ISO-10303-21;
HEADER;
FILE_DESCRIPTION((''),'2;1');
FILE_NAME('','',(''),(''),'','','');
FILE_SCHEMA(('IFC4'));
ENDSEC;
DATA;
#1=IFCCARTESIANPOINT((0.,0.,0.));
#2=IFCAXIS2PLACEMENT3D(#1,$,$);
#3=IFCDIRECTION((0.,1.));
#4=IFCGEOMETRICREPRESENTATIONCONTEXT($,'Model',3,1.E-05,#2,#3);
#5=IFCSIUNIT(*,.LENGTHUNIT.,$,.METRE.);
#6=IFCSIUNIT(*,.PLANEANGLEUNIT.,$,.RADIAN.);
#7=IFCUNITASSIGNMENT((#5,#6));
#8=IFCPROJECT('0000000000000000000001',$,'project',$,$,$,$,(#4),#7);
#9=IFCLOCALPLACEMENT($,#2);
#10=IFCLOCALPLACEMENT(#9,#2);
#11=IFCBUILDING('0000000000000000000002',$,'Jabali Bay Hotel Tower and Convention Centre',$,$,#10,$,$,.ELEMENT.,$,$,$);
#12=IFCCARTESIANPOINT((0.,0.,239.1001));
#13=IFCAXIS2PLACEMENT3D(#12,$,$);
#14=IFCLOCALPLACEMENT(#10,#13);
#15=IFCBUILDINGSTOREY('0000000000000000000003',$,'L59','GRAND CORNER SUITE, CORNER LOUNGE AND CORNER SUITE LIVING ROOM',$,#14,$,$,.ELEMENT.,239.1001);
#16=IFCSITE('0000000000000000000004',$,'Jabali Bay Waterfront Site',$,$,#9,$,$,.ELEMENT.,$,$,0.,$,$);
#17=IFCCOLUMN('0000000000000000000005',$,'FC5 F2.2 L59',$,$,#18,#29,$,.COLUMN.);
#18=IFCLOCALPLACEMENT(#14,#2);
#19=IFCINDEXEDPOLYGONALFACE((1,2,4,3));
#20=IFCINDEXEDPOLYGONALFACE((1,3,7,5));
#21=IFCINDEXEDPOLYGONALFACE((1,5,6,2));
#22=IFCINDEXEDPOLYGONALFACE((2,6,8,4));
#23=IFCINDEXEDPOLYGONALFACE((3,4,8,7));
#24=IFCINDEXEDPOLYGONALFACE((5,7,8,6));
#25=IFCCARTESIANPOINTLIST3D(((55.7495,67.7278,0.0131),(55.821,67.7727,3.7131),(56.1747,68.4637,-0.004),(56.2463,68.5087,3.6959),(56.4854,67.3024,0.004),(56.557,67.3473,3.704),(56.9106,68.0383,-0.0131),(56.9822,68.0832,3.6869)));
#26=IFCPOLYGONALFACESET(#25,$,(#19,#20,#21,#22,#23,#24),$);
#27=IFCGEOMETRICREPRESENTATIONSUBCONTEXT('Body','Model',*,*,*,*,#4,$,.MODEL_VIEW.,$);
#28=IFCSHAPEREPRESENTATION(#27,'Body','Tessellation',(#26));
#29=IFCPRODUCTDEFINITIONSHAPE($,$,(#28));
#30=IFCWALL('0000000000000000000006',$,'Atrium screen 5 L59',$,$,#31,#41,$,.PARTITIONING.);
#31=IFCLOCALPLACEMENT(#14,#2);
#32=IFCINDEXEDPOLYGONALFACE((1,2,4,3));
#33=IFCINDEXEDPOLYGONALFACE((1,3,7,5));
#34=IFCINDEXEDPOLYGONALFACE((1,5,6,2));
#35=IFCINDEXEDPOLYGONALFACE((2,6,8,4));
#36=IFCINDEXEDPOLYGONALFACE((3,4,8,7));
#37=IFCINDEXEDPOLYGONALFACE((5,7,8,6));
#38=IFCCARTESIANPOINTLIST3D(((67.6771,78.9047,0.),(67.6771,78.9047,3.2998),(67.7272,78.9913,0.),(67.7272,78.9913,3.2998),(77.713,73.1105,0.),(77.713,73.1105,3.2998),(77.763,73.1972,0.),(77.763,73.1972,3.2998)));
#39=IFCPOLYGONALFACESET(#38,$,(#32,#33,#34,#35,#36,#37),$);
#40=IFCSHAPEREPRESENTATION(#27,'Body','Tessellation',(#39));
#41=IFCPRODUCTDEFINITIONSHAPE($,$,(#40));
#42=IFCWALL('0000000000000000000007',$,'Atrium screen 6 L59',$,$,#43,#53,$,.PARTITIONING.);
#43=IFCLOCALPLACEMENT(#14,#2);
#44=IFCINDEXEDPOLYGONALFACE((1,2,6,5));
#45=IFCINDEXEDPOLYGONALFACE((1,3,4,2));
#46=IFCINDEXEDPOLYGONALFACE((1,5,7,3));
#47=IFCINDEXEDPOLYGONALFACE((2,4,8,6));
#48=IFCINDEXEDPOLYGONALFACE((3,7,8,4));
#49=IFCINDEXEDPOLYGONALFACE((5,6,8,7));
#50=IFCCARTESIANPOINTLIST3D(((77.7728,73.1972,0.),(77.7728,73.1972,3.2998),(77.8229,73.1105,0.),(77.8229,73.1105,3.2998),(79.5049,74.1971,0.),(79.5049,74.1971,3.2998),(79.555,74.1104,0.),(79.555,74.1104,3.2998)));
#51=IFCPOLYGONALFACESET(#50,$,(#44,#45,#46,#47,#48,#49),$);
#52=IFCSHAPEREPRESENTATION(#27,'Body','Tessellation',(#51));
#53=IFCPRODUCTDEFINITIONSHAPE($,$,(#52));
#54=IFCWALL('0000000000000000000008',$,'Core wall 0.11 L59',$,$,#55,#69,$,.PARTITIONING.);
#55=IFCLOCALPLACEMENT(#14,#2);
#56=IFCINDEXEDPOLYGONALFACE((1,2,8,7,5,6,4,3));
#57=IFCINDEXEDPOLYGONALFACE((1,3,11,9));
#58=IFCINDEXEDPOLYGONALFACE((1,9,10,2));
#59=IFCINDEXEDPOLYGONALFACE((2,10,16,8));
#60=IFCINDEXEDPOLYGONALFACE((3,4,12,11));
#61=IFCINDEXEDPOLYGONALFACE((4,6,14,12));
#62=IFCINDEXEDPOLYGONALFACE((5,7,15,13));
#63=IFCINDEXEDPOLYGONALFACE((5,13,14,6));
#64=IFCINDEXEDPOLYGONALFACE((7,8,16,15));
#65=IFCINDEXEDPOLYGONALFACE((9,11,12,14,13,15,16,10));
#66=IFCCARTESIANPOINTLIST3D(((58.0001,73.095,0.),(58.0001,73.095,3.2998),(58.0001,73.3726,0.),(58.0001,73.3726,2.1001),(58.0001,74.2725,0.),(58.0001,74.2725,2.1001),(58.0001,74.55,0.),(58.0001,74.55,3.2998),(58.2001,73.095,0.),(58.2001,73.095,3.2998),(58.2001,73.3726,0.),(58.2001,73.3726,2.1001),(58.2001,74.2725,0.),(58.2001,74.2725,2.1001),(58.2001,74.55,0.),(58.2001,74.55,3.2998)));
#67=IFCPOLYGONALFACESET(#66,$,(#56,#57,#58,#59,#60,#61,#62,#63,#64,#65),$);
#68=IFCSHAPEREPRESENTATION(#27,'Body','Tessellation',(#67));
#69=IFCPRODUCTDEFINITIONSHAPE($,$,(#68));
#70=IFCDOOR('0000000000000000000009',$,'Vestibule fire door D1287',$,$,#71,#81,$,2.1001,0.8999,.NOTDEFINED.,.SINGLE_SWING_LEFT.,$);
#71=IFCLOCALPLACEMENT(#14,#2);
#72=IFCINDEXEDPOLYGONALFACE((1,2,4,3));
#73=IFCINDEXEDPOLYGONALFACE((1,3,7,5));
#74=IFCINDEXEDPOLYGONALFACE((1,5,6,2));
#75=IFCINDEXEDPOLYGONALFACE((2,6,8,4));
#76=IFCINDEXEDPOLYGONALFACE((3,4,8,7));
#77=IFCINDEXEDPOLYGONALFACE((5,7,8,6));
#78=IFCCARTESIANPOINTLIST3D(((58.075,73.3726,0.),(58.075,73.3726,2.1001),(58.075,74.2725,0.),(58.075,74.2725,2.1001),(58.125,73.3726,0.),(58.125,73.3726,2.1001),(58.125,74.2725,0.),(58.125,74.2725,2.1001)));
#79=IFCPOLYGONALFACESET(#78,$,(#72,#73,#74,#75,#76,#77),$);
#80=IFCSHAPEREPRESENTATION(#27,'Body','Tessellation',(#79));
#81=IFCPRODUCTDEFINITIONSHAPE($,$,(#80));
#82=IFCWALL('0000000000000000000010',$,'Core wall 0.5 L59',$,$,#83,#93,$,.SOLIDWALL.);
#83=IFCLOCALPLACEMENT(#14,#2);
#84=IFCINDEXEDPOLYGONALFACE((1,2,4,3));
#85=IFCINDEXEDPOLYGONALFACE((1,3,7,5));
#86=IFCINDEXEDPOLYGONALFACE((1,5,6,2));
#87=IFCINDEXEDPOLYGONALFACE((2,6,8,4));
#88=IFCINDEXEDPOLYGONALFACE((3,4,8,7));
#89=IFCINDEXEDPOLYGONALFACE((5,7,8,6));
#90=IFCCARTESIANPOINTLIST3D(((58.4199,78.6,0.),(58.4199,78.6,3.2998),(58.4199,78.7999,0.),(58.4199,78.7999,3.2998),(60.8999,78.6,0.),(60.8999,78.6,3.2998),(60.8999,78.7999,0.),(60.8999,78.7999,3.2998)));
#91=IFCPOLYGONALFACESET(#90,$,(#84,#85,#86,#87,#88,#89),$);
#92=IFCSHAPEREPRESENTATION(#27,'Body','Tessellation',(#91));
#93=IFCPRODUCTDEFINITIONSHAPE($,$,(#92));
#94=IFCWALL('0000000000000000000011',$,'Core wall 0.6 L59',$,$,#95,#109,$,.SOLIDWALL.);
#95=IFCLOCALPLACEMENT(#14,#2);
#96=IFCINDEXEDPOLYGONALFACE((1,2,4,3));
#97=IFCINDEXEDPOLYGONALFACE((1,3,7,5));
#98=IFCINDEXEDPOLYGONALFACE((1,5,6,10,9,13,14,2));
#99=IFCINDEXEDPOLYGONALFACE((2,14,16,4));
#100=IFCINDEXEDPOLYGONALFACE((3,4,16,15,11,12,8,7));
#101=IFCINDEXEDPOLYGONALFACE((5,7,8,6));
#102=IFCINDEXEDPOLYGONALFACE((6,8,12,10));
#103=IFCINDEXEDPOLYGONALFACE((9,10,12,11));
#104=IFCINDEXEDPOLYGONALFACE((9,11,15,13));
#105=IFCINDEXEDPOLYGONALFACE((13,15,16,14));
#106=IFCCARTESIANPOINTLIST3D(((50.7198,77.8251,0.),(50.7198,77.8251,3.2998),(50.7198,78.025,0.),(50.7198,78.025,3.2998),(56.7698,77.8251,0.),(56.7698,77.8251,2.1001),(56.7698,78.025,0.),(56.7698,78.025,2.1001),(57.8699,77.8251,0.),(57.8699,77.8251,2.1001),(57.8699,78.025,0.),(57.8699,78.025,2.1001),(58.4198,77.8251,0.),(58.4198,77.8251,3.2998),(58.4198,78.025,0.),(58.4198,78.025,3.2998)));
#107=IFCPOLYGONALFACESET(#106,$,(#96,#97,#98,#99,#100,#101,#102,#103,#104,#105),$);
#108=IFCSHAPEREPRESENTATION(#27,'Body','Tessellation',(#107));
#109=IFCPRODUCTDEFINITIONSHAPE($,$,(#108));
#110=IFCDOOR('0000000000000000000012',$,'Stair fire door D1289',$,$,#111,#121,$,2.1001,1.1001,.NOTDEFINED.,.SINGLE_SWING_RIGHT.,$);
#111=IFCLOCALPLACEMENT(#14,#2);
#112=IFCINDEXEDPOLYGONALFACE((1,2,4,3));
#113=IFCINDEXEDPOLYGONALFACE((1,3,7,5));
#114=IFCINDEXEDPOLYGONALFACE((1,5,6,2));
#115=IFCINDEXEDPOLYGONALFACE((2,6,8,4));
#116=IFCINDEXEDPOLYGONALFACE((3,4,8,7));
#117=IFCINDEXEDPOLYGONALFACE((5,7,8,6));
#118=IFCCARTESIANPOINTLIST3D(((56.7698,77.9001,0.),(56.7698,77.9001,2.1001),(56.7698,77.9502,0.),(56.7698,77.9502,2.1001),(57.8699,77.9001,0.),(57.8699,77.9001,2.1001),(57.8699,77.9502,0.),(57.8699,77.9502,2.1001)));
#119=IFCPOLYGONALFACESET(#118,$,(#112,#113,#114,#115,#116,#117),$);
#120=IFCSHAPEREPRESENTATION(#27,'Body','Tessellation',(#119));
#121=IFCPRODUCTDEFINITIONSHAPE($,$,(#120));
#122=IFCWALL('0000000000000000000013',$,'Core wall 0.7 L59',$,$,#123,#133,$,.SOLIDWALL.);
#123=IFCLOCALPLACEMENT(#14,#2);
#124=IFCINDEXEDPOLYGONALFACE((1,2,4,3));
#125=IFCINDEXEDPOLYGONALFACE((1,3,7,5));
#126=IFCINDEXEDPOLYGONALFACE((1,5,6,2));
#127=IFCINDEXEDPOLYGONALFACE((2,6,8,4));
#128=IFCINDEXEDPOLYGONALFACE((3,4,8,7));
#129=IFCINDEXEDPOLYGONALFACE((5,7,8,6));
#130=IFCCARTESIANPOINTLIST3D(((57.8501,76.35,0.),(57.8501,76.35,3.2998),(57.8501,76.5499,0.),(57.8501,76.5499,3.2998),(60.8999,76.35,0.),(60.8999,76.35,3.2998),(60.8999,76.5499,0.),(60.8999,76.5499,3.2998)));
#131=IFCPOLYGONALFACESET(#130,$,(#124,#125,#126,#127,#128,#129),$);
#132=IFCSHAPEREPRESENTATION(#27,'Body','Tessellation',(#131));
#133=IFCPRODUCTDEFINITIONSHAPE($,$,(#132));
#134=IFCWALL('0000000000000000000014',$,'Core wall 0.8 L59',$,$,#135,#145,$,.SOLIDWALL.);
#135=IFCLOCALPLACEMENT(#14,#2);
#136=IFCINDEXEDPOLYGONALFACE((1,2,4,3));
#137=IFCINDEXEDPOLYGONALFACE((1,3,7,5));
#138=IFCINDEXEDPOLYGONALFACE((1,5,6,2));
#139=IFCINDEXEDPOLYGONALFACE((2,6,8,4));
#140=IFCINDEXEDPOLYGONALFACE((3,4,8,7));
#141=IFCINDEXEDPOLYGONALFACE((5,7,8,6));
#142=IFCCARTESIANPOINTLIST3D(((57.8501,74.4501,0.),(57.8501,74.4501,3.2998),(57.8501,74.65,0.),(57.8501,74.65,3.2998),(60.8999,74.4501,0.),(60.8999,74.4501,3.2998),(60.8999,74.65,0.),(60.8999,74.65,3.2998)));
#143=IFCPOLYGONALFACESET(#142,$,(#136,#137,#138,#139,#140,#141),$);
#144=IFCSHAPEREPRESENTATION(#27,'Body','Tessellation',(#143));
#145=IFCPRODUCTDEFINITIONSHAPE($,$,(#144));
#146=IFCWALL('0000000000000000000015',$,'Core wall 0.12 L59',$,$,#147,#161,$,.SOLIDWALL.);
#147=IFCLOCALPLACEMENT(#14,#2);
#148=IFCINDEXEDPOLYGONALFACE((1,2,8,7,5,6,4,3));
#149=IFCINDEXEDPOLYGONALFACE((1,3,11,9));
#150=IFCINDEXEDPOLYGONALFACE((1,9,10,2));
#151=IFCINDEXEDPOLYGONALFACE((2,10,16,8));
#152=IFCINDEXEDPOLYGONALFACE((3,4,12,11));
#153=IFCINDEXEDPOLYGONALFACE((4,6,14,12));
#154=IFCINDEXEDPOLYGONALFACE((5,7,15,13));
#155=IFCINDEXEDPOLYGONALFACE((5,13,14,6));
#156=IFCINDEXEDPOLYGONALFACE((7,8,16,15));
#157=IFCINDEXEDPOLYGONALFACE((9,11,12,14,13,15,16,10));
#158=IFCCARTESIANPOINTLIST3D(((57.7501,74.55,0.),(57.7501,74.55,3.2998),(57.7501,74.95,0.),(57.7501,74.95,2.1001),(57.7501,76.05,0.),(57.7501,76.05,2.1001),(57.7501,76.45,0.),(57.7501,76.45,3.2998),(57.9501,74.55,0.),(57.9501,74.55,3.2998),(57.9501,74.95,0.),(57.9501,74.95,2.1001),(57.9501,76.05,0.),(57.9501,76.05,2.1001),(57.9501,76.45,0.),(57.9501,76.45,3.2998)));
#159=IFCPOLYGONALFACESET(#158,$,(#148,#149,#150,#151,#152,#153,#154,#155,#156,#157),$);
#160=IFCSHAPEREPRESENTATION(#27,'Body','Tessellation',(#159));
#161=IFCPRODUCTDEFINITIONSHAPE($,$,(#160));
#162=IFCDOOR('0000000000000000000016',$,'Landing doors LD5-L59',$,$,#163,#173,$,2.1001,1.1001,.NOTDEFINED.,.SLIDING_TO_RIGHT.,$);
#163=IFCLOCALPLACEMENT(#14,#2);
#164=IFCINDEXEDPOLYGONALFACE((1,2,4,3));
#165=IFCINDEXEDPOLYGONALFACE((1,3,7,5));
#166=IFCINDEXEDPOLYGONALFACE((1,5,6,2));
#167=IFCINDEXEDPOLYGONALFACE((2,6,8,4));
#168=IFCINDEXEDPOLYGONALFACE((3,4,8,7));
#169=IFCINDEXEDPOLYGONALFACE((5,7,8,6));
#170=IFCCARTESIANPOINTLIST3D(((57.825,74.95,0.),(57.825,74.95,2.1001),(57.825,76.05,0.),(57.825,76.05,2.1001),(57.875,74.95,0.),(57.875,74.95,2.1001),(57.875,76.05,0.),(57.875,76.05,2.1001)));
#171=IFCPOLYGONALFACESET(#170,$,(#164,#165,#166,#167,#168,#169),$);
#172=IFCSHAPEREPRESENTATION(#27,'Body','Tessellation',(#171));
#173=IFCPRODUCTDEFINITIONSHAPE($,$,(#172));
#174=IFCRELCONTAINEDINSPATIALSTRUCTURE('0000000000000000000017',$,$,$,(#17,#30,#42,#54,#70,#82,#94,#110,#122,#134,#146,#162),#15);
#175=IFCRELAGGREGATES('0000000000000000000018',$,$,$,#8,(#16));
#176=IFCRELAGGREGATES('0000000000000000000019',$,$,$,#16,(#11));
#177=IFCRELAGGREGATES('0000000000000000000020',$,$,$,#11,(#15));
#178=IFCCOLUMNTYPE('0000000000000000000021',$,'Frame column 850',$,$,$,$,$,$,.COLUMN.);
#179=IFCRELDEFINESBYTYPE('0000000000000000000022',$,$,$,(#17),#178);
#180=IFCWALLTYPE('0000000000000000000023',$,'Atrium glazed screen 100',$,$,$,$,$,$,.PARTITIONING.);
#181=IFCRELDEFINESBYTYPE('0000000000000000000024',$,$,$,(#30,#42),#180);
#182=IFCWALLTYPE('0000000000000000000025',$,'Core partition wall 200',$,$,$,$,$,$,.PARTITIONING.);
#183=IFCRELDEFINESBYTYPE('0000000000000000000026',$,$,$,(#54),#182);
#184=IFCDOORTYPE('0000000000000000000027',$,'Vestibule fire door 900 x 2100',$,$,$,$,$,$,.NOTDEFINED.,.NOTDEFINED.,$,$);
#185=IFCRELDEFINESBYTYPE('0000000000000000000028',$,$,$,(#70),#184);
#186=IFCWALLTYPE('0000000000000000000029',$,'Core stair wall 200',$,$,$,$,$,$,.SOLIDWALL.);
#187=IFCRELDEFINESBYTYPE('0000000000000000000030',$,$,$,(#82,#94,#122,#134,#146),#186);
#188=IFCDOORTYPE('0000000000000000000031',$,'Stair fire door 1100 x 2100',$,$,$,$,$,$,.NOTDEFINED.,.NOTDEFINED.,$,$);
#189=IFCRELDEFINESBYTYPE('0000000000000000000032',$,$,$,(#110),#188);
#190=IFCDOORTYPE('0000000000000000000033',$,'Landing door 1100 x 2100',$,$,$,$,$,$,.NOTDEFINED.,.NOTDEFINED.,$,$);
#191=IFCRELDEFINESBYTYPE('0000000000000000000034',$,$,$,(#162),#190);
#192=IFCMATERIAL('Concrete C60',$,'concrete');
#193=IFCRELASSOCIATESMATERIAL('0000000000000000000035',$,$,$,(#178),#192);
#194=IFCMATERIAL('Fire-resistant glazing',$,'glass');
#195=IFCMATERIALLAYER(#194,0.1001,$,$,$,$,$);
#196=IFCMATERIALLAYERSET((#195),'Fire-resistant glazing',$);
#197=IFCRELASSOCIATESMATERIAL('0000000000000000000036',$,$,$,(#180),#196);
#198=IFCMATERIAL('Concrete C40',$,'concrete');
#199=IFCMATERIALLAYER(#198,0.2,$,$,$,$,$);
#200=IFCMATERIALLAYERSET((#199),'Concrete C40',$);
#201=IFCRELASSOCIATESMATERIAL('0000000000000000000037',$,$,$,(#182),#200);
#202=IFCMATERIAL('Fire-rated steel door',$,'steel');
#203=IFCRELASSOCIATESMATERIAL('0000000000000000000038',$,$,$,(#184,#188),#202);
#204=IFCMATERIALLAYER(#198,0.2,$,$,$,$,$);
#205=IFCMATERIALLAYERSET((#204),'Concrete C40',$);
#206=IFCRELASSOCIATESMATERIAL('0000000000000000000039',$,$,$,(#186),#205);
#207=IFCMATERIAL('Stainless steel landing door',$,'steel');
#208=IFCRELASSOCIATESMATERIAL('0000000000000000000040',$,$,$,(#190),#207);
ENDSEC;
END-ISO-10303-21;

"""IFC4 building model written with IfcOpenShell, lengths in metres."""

from ifc_helpers import new_model, si_unit, direction, frame, frame_2d, origin, origin_2d, place, context, subcontext, project, spatial, rectangle, extrude, material, layer, layer_set, material_profile, profile_set, type_object, element, fill, save


model = new_model("IFC4")

# Units and contexts
model_context = context("Model", 3, precision=1e-05, world=origin(), true_north=direction((0.0, 1.0)))
body_context = subcontext(model_context, "Body", "Model", "MODEL_VIEW")
ifc_project = project(units=[si_unit("LENGTHUNIT", "METRE"), si_unit("PLANEANGLEUNIT", "RADIAN")], contexts=[model_context])

# Site, building, storey
site_placement = place(None, origin())
site = spatial("IfcSite", under=ifc_project, at=site_placement, Name="Jabali Bay Waterfront Site", CompositionType="ELEMENT", RefElevation=0.0)
building_placement = place(site_placement, origin())
building = spatial("IfcBuilding", under=site, at=building_placement, Name="Jabali Bay Hotel Tower and Convention Centre", CompositionType="ELEMENT")
storey_placement = place(building_placement, frame((0.0, 0.0, 239.1001)))
storey = spatial("IfcBuildingStorey", under=building, at=storey_placement, Name="L59", Description="GRAND CORNER SUITE, CORNER LOUNGE AND CORNER SUITE LIVING ROOM", CompositionType="ELEMENT", Elevation=239.1001)

# Column
ifc_material_1 = material(Name="Concrete C60", Category="concrete")
ifc_material_profile = material_profile(ifc_material_1, rectangle(XDim=0.8501, YDim=0.8501, at=origin_2d()), Name="Frame column 850")
ifc_profile_set = profile_set([ifc_material_profile], Name="Concrete C60")
column_type = type_object("IfcColumnType", Name="Frame column 850", PredefinedType="COLUMN", material=ifc_profile_set)
column_placement = place(storey_placement, frame((56.3301, 67.8831, 0.0), z_axis=(0.019329, 0.012138, 0.99974), x_axis=(-0.865694, 0.50046, 0.010661)))
element("IfcColumn", 1, at=column_placement, inside=storey, type_object=column_type, Name="FC5 F2.2 L59", PredefinedType="COLUMN", context=body_context, shape_type="SweptSolid", body=[
    extrude(rectangle(XDim=0.8501, YDim=0.8501, at=origin_2d()), origin(), (0.0, 0.0, 1.0), 3.7009),
])

# Walls
ifc_material_2 = material(Name="Fire-resistant glazing", Category="glass")
ifc_layer_1 = layer(ifc_material_2, 0.1001)
ifc_layer_set_1 = layer_set([ifc_layer_1], Name="Fire-resistant glazing")
wall_type_1 = type_object("IfcWallType", Name="Atrium glazed screen 100", PredefinedType="PARTITIONING", material=ifc_layer_set_1)
wall_1_placement = place(storey_placement, frame((67.7021, 78.948, 0.0), z_axis=(0.0, 0.0, 1.0), x_axis=(0.866027, -0.499998, 0.0)))
element("IfcWall", 2, at=wall_1_placement, inside=storey, type_object=wall_type_1, Name="Atrium screen 5 L59", PredefinedType="PARTITIONING", context=body_context, shape_type="SweptSolid", body=[
    extrude(rectangle(XDim=11.5884, YDim=0.1001, at=frame_2d((5.7942, 0.0))), origin(), (0.0, 0.0, 1.0), 3.2998),
])
wall_2_placement = place(storey_placement, frame((77.7979, 73.1538, 0.0), z_axis=(0.0, 0.0, 1.0), x_axis=(0.866041, 0.499973, 0.0)))
element("IfcWall", 3, at=wall_2_placement, inside=storey, type_object=wall_type_1, Name="Atrium screen 6 L59", PredefinedType="PARTITIONING", context=body_context, shape_type="SweptSolid", body=[
    extrude(rectangle(XDim=2.0, YDim=0.1001, at=frame_2d((1.0, 0.0))), origin(), (0.0, 0.0, 1.0), 3.2998),
])

# Wall, opening, door
ifc_material_3 = material(Name="Concrete C40", Category="concrete")
ifc_layer_2 = layer(ifc_material_3, 0.2)
ifc_layer_set_2 = layer_set([ifc_layer_2], Name="Concrete C40")
wall_type_2 = type_object("IfcWallType", Name="Core partition wall 200", PredefinedType="PARTITIONING", material=ifc_layer_set_2)
wall_3_placement = place(storey_placement, frame((58.1001, 74.55, 0.0), z_axis=(0.0, 0.0, 1.0), x_axis=(0.0, -1.0, 0.0)))
wall_3 = element("IfcWall", 4, at=wall_3_placement, inside=storey, type_object=wall_type_2, Name="Core wall 0.11 L59", PredefinedType="PARTITIONING", context=body_context, shape_type="SweptSolid", body=[
    extrude(rectangle(XDim=1.4551, YDim=0.2, at=frame_2d((0.7275, 0.0))), origin(), (0.0, 0.0, 1.0), 3.2998),
])
opening_1_placement = place(wall_3_placement, frame((0.2776, 0.0, 0.0)))
opening_1 = element("IfcOpeningElement", 5, at=opening_1_placement, cuts=wall_3, PredefinedType="OPENING", context=body_context, shape_type="SweptSolid", body=[
    extrude(rectangle(XDim=0.8999, YDim=2.1001, at=frame_2d((0.45, 1.05))), frame((0.0, 0.1104, 0.0), z_axis=(0.0, -1.0, 0.0), x_axis=(1.0, 0.0, 0.0)), (0.0, 0.0, 1.0), 0.2209),
])
ifc_material_4 = material(Name="Fire-rated steel door", Category="steel")
door_type_1 = type_object("IfcDoorType", Name="Vestibule fire door 900 x 2100", OperationType="NOTDEFINED", PredefinedType="NOTDEFINED", material=ifc_material_4)
door_1_placement = place(opening_1_placement, origin())
door_1 = element("IfcDoor", 6, at=door_1_placement, inside=storey, type_object=door_type_1, Name="Vestibule fire door D1287", OperationType="SINGLE_SWING_LEFT", OverallHeight=2.1001, OverallWidth=0.8999, PredefinedType="NOTDEFINED", context=body_context, shape_type="SweptSolid", body=[
    extrude(rectangle(XDim=0.8999, YDim=2.1001, at=frame_2d((0.45, 1.05))), frame((0.0, 0.0249, 0.0), z_axis=(0.0, -1.0, 0.0), x_axis=(1.0, 0.0, 0.0)), (0.0, 0.0, 1.0), 0.05),
])
fill(opening_1, door_1)

# Wall
ifc_layer_3 = layer(ifc_material_3, 0.2)
ifc_layer_set_3 = layer_set([ifc_layer_3], Name="Concrete C40")
wall_type_3 = type_object("IfcWallType", Name="Core stair wall 200", PredefinedType="SOLIDWALL", material=ifc_layer_set_3)
wall_4_placement = place(storey_placement, frame((60.8999, 78.7, 0.0), z_axis=(0.0, 0.0, 1.0), x_axis=(-1.0, 0.0, 0.0)))
element("IfcWall", 7, at=wall_4_placement, inside=storey, type_object=wall_type_3, Name="Core wall 0.5 L59", PredefinedType="SOLIDWALL", context=body_context, shape_type="SweptSolid", body=[
    extrude(rectangle(XDim=2.48, YDim=0.2, at=frame_2d((1.24, 0.0))), origin(), (0.0, 0.0, 1.0), 3.2998),
])

# Wall, opening, door
wall_5_placement = place(storey_placement, frame((58.4199, 77.925, 0.0), z_axis=(0.0, 0.0, 1.0), x_axis=(-1.0, 0.0, 0.0)))
wall_5 = element("IfcWall", 8, at=wall_5_placement, inside=storey, type_object=wall_type_3, Name="Core wall 0.6 L59", PredefinedType="SOLIDWALL", context=body_context, shape_type="SweptSolid", body=[
    extrude(rectangle(XDim=7.7, YDim=0.2, at=frame_2d((3.8501, 0.0))), origin(), (0.0, 0.0, 1.0), 3.2998),
])
opening_2_placement = place(wall_5_placement, frame((0.55, 0.0, 0.0)))
opening_2 = element("IfcOpeningElement", 9, at=opening_2_placement, cuts=wall_5, PredefinedType="OPENING", context=body_context, shape_type="SweptSolid", body=[
    extrude(rectangle(XDim=1.1001, YDim=2.1001, at=frame_2d((0.55, 1.05))), frame((0.0, 0.1104, 0.0), z_axis=(0.0, -1.0, 0.0), x_axis=(1.0, 0.0, 0.0)), (0.0, 0.0, 1.0), 0.2209),
])
door_type_2 = type_object("IfcDoorType", Name="Stair fire door 1100 x 2100", OperationType="NOTDEFINED", PredefinedType="NOTDEFINED", material=ifc_material_4)
door_2_placement = place(opening_2_placement, origin())
door_2 = element("IfcDoor", 10, at=door_2_placement, inside=storey, type_object=door_type_2, Name="Stair fire door D1289", OperationType="SINGLE_SWING_RIGHT", OverallHeight=2.1001, OverallWidth=1.1001, PredefinedType="NOTDEFINED", context=body_context, shape_type="SweptSolid", body=[
    extrude(rectangle(XDim=1.1001, YDim=2.1001, at=frame_2d((0.55, 1.05))), frame((0.0, 0.0249, 0.0), z_axis=(0.0, -1.0, 0.0), x_axis=(1.0, 0.0, 0.0)), (0.0, 0.0, 1.0), 0.05),
])
fill(opening_2, door_2)

# Walls
for number, where, z_axis, x_axis, name in (
    (11, (60.8999, 76.45, 0.0), (0.0, 0.0, 1.0), (-1.0, 0.0, 0.0), "Core wall 0.7 L59"),
    (12, (60.8999, 74.55, 0.0), (0.0, 0.0, 1.0), (-1.0, 0.0, 0.0), "Core wall 0.8 L59"),
):
    element("IfcWall", number, at=place(storey_placement, frame(where, z_axis=z_axis, x_axis=x_axis)), inside=storey, type_object=wall_type_3, Name=name, PredefinedType="SOLIDWALL", context=body_context, shape_type="SweptSolid", body=[
        extrude(rectangle(XDim=3.0498, YDim=0.2, at=frame_2d((1.5249, 0.0))), origin(), (0.0, 0.0, 1.0), 3.2998),
    ])

# Wall, opening, door
wall_6_placement = place(storey_placement, frame((57.8501, 76.45, 0.0), z_axis=(0.0, 0.0, 1.0), x_axis=(0.0, -1.0, 0.0)))
wall_6 = element("IfcWall", 13, at=wall_6_placement, inside=storey, type_object=wall_type_3, Name="Core wall 0.12 L59", PredefinedType="SOLIDWALL", context=body_context, shape_type="SweptSolid", body=[
    extrude(rectangle(XDim=1.8999, YDim=0.2, at=frame_2d((0.95, 0.0))), origin(), (0.0, 0.0, 1.0), 3.2998),
])
opening_3_placement = place(wall_6_placement, frame((0.3999, 0.0, 0.0)))
opening_3 = element("IfcOpeningElement", 14, at=opening_3_placement, cuts=wall_6, PredefinedType="OPENING", context=body_context, shape_type="SweptSolid", body=[
    extrude(rectangle(XDim=1.1001, YDim=2.1001, at=frame_2d((0.55, 1.05))), frame((0.0, 0.1104, 0.0), z_axis=(0.0, -1.0, 0.0), x_axis=(1.0, 0.0, 0.0)), (0.0, 0.0, 1.0), 0.2209),
])
ifc_material_5 = material(Name="Stainless steel landing door", Category="steel")
door_type_3 = type_object("IfcDoorType", Name="Landing door 1100 x 2100", OperationType="NOTDEFINED", PredefinedType="NOTDEFINED", material=ifc_material_5)
door_3_placement = place(opening_3_placement, origin())
door_3 = element("IfcDoor", 15, at=door_3_placement, inside=storey, type_object=door_type_3, Name="Landing doors LD5-L59", OperationType="SLIDING_TO_RIGHT", OverallHeight=2.1001, OverallWidth=1.1001, PredefinedType="NOTDEFINED", context=body_context, shape_type="SweptSolid", body=[
    extrude(rectangle(XDim=1.1001, YDim=2.1001, at=frame_2d((0.55, 1.05))), frame((0.0, 0.0249, 0.0), z_axis=(0.0, -1.0, 0.0), x_axis=(1.0, 0.0, 0.0)), (0.0, 0.0, 1.0), 0.05),
])
fill(opening_3, door_3)

save(model, "model.ifc")
